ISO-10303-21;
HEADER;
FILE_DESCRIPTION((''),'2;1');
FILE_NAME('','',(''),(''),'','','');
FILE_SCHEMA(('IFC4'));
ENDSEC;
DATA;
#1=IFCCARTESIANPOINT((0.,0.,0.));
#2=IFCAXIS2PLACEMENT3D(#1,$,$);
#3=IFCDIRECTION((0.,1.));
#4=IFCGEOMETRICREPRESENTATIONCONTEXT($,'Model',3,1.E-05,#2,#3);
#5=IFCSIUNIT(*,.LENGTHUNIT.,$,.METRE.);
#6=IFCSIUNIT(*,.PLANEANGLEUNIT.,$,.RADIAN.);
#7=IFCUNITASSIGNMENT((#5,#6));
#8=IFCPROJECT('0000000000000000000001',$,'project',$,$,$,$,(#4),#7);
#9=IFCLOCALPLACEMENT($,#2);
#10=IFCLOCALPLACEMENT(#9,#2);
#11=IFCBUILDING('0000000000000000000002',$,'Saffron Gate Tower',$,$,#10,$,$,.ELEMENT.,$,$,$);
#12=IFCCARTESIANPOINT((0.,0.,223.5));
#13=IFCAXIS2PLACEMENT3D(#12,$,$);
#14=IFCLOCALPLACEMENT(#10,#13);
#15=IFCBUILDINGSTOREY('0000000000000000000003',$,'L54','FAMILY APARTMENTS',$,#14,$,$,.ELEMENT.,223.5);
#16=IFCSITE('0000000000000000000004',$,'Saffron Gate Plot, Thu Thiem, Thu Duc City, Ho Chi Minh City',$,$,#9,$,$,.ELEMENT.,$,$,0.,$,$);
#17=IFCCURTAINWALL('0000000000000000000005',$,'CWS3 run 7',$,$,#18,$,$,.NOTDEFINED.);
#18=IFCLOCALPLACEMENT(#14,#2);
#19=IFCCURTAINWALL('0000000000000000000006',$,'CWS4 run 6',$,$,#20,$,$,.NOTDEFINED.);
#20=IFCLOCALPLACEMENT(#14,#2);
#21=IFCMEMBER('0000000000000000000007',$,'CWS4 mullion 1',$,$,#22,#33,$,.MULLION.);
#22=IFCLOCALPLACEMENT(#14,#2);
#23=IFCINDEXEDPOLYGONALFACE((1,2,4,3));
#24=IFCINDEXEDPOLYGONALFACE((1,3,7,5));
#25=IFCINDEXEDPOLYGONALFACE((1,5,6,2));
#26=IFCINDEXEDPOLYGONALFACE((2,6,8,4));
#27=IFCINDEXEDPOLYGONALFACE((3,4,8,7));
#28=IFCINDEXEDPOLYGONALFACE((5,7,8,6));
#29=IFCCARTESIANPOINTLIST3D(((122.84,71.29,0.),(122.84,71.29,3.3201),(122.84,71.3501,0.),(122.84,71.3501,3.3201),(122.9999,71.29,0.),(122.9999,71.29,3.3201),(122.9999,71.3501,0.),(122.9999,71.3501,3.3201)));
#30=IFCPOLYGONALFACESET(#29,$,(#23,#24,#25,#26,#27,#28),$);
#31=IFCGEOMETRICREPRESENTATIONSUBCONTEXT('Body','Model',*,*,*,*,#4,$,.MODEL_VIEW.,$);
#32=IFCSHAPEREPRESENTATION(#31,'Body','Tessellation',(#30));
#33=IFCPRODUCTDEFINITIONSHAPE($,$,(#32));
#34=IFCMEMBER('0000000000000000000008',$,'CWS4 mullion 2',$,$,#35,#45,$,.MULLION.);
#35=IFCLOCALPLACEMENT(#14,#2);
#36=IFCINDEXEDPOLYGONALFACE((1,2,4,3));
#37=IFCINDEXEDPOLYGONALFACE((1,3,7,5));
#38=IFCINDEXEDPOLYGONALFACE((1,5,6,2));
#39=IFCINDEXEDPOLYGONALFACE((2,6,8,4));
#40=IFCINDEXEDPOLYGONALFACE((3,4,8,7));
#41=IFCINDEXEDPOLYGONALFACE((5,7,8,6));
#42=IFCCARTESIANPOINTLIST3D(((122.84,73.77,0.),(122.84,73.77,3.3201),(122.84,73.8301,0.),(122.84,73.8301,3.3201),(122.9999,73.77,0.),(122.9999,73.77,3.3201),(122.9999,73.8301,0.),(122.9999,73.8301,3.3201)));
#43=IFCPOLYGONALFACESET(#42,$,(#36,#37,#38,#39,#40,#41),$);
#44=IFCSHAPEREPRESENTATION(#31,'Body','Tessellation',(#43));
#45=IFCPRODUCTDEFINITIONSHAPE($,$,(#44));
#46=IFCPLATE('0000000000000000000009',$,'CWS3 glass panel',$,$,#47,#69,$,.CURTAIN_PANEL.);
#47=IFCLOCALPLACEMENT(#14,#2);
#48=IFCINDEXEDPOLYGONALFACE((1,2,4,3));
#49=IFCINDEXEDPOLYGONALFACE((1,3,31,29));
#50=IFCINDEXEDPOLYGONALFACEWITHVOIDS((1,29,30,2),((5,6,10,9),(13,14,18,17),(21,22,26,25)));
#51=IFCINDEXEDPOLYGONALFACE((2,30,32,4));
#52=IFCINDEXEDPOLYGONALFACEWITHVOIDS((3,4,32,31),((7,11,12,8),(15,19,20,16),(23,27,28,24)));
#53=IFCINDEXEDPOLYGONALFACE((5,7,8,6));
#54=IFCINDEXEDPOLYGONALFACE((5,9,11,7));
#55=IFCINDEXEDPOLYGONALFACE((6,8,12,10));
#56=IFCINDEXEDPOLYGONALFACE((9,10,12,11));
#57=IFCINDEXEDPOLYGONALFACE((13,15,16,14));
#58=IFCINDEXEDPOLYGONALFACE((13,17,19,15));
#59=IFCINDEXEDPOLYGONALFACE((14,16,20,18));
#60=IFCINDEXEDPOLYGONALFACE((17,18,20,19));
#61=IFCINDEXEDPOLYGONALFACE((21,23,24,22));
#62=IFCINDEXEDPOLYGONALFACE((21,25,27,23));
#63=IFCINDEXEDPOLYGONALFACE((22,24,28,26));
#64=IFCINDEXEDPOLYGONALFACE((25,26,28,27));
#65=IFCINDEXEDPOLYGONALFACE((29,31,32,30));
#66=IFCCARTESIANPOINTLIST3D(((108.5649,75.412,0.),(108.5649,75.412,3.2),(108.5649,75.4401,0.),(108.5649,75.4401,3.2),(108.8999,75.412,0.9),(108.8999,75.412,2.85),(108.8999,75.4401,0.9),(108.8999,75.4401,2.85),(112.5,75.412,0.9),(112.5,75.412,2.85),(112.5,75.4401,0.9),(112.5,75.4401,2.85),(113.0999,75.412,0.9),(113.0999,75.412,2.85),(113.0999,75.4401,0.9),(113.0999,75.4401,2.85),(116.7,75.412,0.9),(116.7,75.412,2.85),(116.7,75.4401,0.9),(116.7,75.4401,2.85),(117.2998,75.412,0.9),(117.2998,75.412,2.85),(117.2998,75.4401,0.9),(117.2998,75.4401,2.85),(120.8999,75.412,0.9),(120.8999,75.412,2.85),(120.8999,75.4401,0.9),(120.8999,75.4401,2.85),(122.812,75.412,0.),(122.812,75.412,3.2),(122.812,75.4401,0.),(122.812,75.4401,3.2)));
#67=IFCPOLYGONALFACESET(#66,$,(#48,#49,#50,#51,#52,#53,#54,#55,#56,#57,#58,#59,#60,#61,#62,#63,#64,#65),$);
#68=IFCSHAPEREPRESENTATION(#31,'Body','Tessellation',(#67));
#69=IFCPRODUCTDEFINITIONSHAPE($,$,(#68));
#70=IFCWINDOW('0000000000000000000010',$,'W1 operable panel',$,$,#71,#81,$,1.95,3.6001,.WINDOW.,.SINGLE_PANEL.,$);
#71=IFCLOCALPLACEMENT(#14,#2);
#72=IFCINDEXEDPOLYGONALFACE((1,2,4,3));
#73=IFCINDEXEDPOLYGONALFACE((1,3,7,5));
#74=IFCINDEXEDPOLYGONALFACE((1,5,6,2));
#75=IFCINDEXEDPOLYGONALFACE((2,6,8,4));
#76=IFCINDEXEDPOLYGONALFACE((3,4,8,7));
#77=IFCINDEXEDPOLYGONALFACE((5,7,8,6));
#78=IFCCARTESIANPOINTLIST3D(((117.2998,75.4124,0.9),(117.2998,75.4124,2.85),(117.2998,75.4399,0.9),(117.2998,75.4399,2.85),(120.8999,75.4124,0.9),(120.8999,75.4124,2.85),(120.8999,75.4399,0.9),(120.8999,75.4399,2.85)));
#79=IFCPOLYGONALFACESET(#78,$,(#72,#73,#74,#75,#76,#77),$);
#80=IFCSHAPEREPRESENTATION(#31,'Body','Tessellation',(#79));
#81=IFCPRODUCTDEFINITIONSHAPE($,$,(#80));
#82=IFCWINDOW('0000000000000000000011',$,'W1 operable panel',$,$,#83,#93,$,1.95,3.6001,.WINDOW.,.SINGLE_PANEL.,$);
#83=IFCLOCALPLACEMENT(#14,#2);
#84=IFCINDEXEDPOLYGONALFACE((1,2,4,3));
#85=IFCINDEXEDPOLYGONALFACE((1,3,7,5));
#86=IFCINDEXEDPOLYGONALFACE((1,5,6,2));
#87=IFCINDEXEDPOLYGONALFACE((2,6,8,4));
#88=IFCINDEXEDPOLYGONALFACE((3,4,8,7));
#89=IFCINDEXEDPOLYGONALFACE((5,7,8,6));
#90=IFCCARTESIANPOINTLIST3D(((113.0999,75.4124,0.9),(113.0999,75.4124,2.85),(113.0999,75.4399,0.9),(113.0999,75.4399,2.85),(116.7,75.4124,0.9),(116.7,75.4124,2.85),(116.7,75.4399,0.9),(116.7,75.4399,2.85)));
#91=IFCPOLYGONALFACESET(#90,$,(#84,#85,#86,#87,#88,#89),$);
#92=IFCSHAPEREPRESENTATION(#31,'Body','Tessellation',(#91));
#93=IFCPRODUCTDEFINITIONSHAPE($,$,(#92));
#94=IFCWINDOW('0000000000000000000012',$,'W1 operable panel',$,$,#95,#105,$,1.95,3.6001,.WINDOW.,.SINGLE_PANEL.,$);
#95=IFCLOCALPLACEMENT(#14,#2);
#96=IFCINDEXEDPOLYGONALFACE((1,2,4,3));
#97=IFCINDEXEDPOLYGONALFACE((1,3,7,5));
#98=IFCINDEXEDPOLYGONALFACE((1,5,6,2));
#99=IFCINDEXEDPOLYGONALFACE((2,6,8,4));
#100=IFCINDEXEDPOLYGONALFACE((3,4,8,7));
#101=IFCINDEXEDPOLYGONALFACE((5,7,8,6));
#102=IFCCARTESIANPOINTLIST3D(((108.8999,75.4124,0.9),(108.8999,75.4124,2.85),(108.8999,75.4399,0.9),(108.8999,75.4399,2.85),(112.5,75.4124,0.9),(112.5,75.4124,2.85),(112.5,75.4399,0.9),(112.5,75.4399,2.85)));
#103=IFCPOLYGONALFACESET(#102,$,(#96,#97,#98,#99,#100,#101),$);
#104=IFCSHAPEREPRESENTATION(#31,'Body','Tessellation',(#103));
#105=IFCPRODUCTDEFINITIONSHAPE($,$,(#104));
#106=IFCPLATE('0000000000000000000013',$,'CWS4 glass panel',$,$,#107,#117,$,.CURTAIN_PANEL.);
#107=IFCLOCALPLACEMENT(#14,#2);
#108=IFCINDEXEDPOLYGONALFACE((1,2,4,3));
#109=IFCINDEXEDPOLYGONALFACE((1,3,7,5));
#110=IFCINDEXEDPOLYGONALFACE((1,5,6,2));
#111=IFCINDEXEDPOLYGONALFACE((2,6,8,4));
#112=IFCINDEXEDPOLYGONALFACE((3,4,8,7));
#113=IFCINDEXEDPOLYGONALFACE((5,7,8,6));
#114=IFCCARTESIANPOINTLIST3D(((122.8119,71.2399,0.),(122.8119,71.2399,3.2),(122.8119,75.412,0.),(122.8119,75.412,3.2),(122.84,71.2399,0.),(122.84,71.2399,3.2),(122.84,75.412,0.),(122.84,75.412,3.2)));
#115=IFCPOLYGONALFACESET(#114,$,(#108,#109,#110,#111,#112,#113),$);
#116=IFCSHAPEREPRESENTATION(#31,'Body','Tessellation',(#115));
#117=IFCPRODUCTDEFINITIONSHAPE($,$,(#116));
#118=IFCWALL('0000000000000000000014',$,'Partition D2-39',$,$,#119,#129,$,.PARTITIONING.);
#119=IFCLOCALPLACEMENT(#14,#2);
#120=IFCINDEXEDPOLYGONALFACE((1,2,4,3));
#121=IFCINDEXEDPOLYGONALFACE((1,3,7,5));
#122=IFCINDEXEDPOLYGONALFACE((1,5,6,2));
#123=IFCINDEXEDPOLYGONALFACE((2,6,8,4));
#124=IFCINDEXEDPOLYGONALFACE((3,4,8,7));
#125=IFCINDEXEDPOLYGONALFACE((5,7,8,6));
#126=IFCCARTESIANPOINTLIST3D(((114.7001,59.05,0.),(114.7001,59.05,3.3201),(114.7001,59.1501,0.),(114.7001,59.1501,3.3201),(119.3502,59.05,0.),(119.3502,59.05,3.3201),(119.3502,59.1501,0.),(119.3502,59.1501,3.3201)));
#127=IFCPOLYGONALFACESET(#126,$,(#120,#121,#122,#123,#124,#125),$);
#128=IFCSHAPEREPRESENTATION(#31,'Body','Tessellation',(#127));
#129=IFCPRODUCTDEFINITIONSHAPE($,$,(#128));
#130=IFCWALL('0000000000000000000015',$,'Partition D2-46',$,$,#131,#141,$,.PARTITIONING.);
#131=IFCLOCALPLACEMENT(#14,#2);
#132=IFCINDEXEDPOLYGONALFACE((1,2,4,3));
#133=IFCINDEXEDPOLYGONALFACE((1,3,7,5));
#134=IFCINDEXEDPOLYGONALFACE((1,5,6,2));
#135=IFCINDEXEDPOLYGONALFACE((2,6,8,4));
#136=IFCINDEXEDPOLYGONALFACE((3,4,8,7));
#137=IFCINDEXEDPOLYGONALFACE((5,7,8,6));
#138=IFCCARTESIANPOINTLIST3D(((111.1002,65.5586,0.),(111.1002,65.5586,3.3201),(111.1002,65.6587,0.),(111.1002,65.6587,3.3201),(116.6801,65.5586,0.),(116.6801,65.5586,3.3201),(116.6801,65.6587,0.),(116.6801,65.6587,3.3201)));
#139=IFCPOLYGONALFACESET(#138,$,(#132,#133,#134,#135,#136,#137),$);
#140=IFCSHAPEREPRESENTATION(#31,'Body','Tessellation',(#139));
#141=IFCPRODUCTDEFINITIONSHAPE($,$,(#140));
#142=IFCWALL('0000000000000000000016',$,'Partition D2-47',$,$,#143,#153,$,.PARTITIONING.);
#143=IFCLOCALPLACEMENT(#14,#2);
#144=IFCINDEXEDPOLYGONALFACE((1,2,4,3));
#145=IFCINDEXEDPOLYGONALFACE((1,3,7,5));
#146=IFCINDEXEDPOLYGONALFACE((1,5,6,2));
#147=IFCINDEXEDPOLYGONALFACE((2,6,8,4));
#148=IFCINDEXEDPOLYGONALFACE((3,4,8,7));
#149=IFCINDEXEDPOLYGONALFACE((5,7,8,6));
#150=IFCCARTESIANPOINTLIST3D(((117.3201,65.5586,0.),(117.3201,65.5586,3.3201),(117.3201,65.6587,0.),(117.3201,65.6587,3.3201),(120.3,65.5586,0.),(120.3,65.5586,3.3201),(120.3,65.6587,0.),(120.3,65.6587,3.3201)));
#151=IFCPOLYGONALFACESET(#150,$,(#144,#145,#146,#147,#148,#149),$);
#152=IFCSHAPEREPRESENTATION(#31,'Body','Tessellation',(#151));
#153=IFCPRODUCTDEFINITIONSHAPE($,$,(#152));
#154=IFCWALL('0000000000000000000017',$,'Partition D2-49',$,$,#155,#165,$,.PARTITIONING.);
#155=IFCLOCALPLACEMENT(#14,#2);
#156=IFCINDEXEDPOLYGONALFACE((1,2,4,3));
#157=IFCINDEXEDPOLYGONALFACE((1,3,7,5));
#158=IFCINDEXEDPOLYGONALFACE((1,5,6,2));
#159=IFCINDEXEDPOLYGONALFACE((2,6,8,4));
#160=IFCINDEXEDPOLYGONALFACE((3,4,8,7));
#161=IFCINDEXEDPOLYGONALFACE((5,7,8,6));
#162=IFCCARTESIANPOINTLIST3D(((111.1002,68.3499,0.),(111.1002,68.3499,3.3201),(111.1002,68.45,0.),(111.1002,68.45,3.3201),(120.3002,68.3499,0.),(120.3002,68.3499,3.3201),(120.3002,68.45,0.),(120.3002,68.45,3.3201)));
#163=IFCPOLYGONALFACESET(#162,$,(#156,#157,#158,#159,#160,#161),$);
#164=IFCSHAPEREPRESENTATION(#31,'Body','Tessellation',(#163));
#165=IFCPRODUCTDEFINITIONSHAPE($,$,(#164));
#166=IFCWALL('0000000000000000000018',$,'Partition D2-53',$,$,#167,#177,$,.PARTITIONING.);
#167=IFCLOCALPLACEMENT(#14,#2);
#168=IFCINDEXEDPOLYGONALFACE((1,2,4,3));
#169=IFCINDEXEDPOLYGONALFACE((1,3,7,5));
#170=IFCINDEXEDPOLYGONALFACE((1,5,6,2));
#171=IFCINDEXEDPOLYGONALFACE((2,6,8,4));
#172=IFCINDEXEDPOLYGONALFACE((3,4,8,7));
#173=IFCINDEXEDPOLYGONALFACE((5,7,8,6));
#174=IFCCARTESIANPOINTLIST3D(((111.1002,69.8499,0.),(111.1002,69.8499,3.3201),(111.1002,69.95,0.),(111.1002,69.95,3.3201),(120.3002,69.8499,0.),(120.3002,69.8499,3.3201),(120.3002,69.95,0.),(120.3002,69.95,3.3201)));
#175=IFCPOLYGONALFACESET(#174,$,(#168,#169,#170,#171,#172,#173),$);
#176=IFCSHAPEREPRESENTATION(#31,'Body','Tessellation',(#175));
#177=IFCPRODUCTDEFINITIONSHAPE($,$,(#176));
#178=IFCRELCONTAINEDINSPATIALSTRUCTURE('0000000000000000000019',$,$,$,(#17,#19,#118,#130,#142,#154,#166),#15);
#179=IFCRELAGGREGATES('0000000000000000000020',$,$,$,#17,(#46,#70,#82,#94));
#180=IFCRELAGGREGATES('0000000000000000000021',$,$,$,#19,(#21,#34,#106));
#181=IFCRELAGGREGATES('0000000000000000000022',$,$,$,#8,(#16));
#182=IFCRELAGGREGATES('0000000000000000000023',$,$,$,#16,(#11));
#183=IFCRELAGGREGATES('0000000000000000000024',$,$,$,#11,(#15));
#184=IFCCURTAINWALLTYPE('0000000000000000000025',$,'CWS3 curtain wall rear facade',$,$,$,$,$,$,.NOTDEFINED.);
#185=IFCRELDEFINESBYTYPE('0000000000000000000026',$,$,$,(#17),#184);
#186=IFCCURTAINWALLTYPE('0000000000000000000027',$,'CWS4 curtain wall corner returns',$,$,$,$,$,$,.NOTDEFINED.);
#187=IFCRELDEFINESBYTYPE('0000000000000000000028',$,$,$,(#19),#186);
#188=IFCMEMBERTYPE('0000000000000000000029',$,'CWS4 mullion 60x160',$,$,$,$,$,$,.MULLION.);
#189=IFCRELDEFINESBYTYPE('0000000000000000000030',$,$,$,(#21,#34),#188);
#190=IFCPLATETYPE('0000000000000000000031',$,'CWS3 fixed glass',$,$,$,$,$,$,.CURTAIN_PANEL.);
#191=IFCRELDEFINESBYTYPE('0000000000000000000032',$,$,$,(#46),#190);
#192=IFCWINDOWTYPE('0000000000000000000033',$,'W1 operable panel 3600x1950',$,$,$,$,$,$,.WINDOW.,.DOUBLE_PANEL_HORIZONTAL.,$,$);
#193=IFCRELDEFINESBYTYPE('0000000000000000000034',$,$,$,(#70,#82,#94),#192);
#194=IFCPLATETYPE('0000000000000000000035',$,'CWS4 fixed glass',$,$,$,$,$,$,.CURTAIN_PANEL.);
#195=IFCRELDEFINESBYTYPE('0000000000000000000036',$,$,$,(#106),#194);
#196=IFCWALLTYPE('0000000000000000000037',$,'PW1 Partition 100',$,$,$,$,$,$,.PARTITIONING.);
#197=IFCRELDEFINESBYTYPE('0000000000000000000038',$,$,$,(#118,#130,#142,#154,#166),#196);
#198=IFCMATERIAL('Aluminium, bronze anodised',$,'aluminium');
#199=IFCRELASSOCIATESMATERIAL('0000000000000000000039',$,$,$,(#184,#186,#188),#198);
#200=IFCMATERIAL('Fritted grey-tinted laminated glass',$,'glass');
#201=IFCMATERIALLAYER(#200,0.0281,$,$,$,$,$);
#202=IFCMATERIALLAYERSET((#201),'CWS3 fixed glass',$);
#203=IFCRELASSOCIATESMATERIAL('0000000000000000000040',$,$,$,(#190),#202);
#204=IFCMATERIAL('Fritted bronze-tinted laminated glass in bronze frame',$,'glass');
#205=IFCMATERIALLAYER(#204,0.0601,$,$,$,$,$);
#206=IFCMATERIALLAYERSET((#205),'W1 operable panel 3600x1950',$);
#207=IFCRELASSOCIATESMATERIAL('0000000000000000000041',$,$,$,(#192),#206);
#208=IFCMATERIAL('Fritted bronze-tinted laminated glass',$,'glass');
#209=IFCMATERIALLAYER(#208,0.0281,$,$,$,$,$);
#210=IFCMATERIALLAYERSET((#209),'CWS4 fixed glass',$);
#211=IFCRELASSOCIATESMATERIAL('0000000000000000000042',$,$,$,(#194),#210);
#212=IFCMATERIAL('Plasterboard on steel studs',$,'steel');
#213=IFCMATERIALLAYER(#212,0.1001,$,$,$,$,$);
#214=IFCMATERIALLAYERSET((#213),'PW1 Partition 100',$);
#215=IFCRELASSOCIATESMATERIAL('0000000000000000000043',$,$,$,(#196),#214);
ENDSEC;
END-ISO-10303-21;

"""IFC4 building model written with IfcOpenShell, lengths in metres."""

from ifc_helpers import new_model, si_unit, direction, frame, frame_2d, origin, origin_2d, place, context, subcontext, project, spatial, rectangle, extrude, material, layer, layer_set, material_profile, profile_set, type_object, element, fill, aggregate, save


model = new_model("IFC4")

# Units and contexts
model_context = context("Model", 3, precision=1e-05, world=origin(), true_north=direction((0.0, 1.0)))
body_context = subcontext(model_context, "Body", "Model", "MODEL_VIEW")
ifc_project = project(units=[si_unit("LENGTHUNIT", "METRE"), si_unit("PLANEANGLEUNIT", "RADIAN")], contexts=[model_context])

# Site, building, storey
site_placement = place(None, origin())
site = spatial("IfcSite", under=ifc_project, at=site_placement, Name="Saffron Gate Plot, Thu Thiem, Thu Duc City, Ho Chi Minh City", CompositionType="ELEMENT", RefElevation=0.0)
building_placement = place(site_placement, origin())
building = spatial("IfcBuilding", under=site, at=building_placement, Name="Saffron Gate Tower", CompositionType="ELEMENT")
storey_placement = place(building_placement, frame((0.0, 0.0, 223.5)))
storey = spatial("IfcBuildingStorey", under=building, at=storey_placement, Name="L54", Description="FAMILY APARTMENTS", CompositionType="ELEMENT", Elevation=223.5)

# Curtain walls, members
ifc_material_1 = material(Name="Aluminium, bronze anodised", Category="aluminium")
curtain_wall_type_1 = type_object("IfcCurtainWallType", Name="CWS3 curtain wall rear facade", PredefinedType="NOTDEFINED", material=ifc_material_1)
curtain_wall_1_placement = place(storey_placement, origin())
curtain_wall_1 = element("IfcCurtainWall", 1, at=curtain_wall_1_placement, inside=storey, type_object=curtain_wall_type_1, Name="CWS3 run 7", PredefinedType="NOTDEFINED")
curtain_wall_type_2 = type_object("IfcCurtainWallType", Name="CWS4 curtain wall corner returns", PredefinedType="NOTDEFINED", material=ifc_material_1)
curtain_wall_2_placement = place(storey_placement, origin())
curtain_wall_2 = element("IfcCurtainWall", 2, at=curtain_wall_2_placement, inside=storey, type_object=curtain_wall_type_2, Name="CWS4 run 6", PredefinedType="NOTDEFINED")
ifc_material_profile_1 = material_profile(ifc_material_1, rectangle(XDim=0.1599, YDim=0.0601, at=origin_2d()))
ifc_profile_set_1 = profile_set([ifc_material_profile_1], Name="Aluminium, bronze anodised")
member_type_1 = type_object("IfcMemberType", Name="CWS4 mullion 60x160", PredefinedType="MULLION", material=ifc_profile_set_1)
member_1_placement = place(storey_placement, frame((122.9199, 71.3201, 0.0), z_axis=(0.0, 0.0, 1.0), x_axis=(-1.0, 0.0, 0.0)))
member_1 = element("IfcMember", 3, at=member_1_placement, type_object=member_type_1, Name="CWS4 mullion 1", PredefinedType="MULLION", context=body_context, shape_type="SweptSolid", body=[
    extrude(rectangle(XDim=0.1599, YDim=0.0601, at=origin_2d()), origin(), (0.0, 0.0, 1.0), 3.3201),
])
member_2_placement = place(storey_placement, frame((122.9199, 73.8, 0.0), z_axis=(0.0, 0.0, 1.0), x_axis=(-1.0, 0.0, 0.0)))
member_2 = element("IfcMember", 4, at=member_2_placement, type_object=member_type_1, Name="CWS4 mullion 2", PredefinedType="MULLION", context=body_context, shape_type="SweptSolid", body=[
    extrude(rectangle(XDim=0.1599, YDim=0.0601, at=origin_2d()), origin(), (0.0, 0.0, 1.0), 3.3201),
])

# Plate, openings, windows
ifc_material_2 = material(Name="Fritted grey-tinted laminated glass", Category="glass")
ifc_layer_1 = layer(ifc_material_2, 0.0281)
ifc_layer_set_1 = layer_set([ifc_layer_1], Name="CWS3 fixed glass")
plate_type_1 = type_object("IfcPlateType", Name="CWS3 fixed glass", PredefinedType="CURTAIN_PANEL", material=ifc_layer_set_1)
plate_1_placement = place(storey_placement, frame((122.812, 75.426, 0.0), z_axis=(0.0, 0.0, 1.0), x_axis=(-1.0, 0.0, 0.0)))
plate_1 = element("IfcPlate", 5, at=plate_1_placement, type_object=plate_type_1, Name="CWS3 glass panel", PredefinedType="CURTAIN_PANEL", context=body_context, shape_type="SweptSolid", body=[
    extrude(rectangle(XDim=14.2471, YDim=0.0281, at=frame_2d((7.1235, 0.0))), origin(), (0.0, 0.0, 1.0), 3.2),
])
opening_1_placement = place(plate_1_placement, frame((1.9121, 0.0, 0.8999)))
opening_1 = element("IfcOpeningElement", 6, at=opening_1_placement, cuts=plate_1, PredefinedType="OPENING", context=body_context, shape_type="SweptSolid", body=[
    extrude(rectangle(XDim=3.6001, YDim=1.95, at=frame_2d((1.8, 0.9751))), frame((0.0, 0.0239, 0.0), z_axis=(0.0, -1.0, 0.0), x_axis=(1.0, 0.0, 0.0)), (0.0, 0.0, 1.0), 0.0481),
])
opening_2_placement = place(plate_1_placement, frame((6.1121, 0.0, 0.8999)))
opening_2 = element("IfcOpeningElement", 7, at=opening_2_placement, cuts=plate_1, PredefinedType="OPENING", context=body_context, shape_type="SweptSolid", body=[
    extrude(rectangle(XDim=3.6001, YDim=1.95, at=frame_2d((1.8, 0.9751))), frame((0.0, 0.0239, 0.0), z_axis=(0.0, -1.0, 0.0), x_axis=(1.0, 0.0, 0.0)), (0.0, 0.0, 1.0), 0.0481),
])
opening_3_placement = place(plate_1_placement, frame((10.312, 0.0, 0.8999)))
opening_3 = element("IfcOpeningElement", 8, at=opening_3_placement, cuts=plate_1, PredefinedType="OPENING", context=body_context, shape_type="SweptSolid", body=[
    extrude(rectangle(XDim=3.6001, YDim=1.95, at=frame_2d((1.8, 0.9751))), frame((0.0, 0.0239, 0.0), z_axis=(0.0, -1.0, 0.0), x_axis=(1.0, 0.0, 0.0)), (0.0, 0.0, 1.0), 0.0481),
])
ifc_material_3 = material(Name="Fritted bronze-tinted laminated glass in bronze frame", Category="glass")
ifc_layer_2 = layer(ifc_material_3, 0.0601)
ifc_layer_set_2 = layer_set([ifc_layer_2], Name="W1 operable panel 3600x1950")
window_type = type_object("IfcWindowType", Name="W1 operable panel 3600x1950", PartitioningType="DOUBLE_PANEL_HORIZONTAL", PredefinedType="WINDOW", material=ifc_layer_set_2)
window_1_placement = place(opening_1_placement, origin())
window_1 = element("IfcWindow", 9, at=window_1_placement, type_object=window_type, Name="W1 operable panel", OverallHeight=1.95, OverallWidth=3.6001, PartitioningType="SINGLE_PANEL", PredefinedType="WINDOW", context=body_context, shape_type="SweptSolid", body=[
    extrude(rectangle(XDim=3.6001, YDim=1.95, at=frame_2d((1.8, 0.9751))), frame((0.0, 0.0137, 0.0), z_axis=(0.0, -1.0, 0.0), x_axis=(1.0, 0.0, 0.0)), (0.0, 0.0, 1.0), 0.0276),
])
fill(opening_1, window_1)
window_2_placement = place(opening_2_placement, origin())
window_2 = element("IfcWindow", 10, at=window_2_placement, type_object=window_type, Name="W1 operable panel", OverallHeight=1.95, OverallWidth=3.6001, PartitioningType="SINGLE_PANEL", PredefinedType="WINDOW", context=body_context, shape_type="SweptSolid", body=[
    extrude(rectangle(XDim=3.6001, YDim=1.95, at=frame_2d((1.8, 0.9751))), frame((0.0, 0.0137, 0.0), z_axis=(0.0, -1.0, 0.0), x_axis=(1.0, 0.0, 0.0)), (0.0, 0.0, 1.0), 0.0276),
])
fill(opening_2, window_2)
window_3_placement = place(opening_3_placement, origin())
window_3 = element("IfcWindow", 11, at=window_3_placement, type_object=window_type, Name="W1 operable panel", OverallHeight=1.95, OverallWidth=3.6001, PartitioningType="SINGLE_PANEL", PredefinedType="WINDOW", context=body_context, shape_type="SweptSolid", body=[
    extrude(rectangle(XDim=3.6001, YDim=1.95, at=frame_2d((1.8, 0.9751))), frame((0.0, 0.0137, 0.0), z_axis=(0.0, -1.0, 0.0), x_axis=(1.0, 0.0, 0.0)), (0.0, 0.0, 1.0), 0.0276),
])
fill(opening_3, window_3)
aggregate(curtain_wall_1, [plate_1, window_1, window_2, window_3])

# Plate
ifc_material_4 = material(Name="Fritted bronze-tinted laminated glass", Category="glass")
ifc_layer_3 = layer(ifc_material_4, 0.0281)
ifc_layer_set_3 = layer_set([ifc_layer_3], Name="CWS4 fixed glass")
plate_type_2 = type_object("IfcPlateType", Name="CWS4 fixed glass", PredefinedType="CURTAIN_PANEL", material=ifc_layer_set_3)
plate_2_placement = place(storey_placement, frame((122.8259, 71.24, 0.0), z_axis=(0.0, 0.0, 1.0), x_axis=(0.0, 1.0, 0.0)))
plate_2 = element("IfcPlate", 12, at=plate_2_placement, type_object=plate_type_2, Name="CWS4 glass panel", PredefinedType="CURTAIN_PANEL", context=body_context, shape_type="SweptSolid", body=[
    extrude(rectangle(XDim=4.1721, YDim=0.0281, at=frame_2d((2.0859, 0.0))), origin(), (0.0, 0.0, 1.0), 3.2),
])
aggregate(curtain_wall_2, [member_1, member_2, plate_2])

# Walls
ifc_material_5 = material(Name="Plasterboard on steel studs", Category="steel")
ifc_layer_4 = layer(ifc_material_5, 0.1001)
ifc_layer_set_4 = layer_set([ifc_layer_4], Name="PW1 Partition 100")
wall_type_1 = type_object("IfcWallType", Name="PW1 Partition 100", PredefinedType="PARTITIONING", material=ifc_layer_set_4)
wall_1_placement = place(storey_placement, frame((114.7, 59.1001, 0.0), z_axis=(0.0, 0.0, 1.0), x_axis=(1.0, 0.0, 0.0)))
element("IfcWall", 13, at=wall_1_placement, inside=storey, type_object=wall_type_1, Name="Partition D2-39", PredefinedType="PARTITIONING", context=body_context, shape_type="SweptSolid", body=[
    extrude(rectangle(XDim=4.6501, YDim=0.1001, at=frame_2d((2.3252, 0.0))), origin(), (0.0, 0.0, 1.0), 3.3201),
])
wall_2_placement = place(storey_placement, frame((111.1001, 65.6086, 0.0), z_axis=(0.0, 0.0, 1.0), x_axis=(1.0, 0.0, 0.0)))
element("IfcWall", 14, at=wall_2_placement, inside=storey, type_object=wall_type_1, Name="Partition D2-46", PredefinedType="PARTITIONING", context=body_context, shape_type="SweptSolid", body=[
    extrude(rectangle(XDim=5.5798, YDim=0.1001, at=frame_2d((2.79, 0.0))), origin(), (0.0, 0.0, 1.0), 3.3201),
])
wall_3_placement = place(storey_placement, frame((117.3201, 65.6086, 0.0), z_axis=(0.0, 0.0, 1.0), x_axis=(1.0, 0.0, 0.0)))
element("IfcWall", 15, at=wall_3_placement, inside=storey, type_object=wall_type_1, Name="Partition D2-47", PredefinedType="PARTITIONING", context=body_context, shape_type="SweptSolid", body=[
    extrude(rectangle(XDim=2.98, YDim=0.1001, at=frame_2d((1.49, 0.0))), origin(), (0.0, 0.0, 1.0), 3.3201),
])
for number, where, z_axis, x_axis, name in (
    (16, (111.1001, 68.3999, 0.0), (0.0, 0.0, 1.0), (1.0, 0.0, 0.0), "Partition D2-49"),
    (17, (111.1001, 69.8999, 0.0), (0.0, 0.0, 1.0), (1.0, 0.0, 0.0), "Partition D2-53"),
):
    element("IfcWall", number, at=place(storey_placement, frame(where, z_axis=z_axis, x_axis=x_axis)), inside=storey, type_object=wall_type_1, Name=name, PredefinedType="PARTITIONING", context=body_context, shape_type="SweptSolid", body=[
        extrude(rectangle(XDim=9.2, YDim=0.1001, at=frame_2d((4.6001, 0.0))), origin(), (0.0, 0.0, 1.0), 3.3201),
    ])

save(model, "model.ifc")
